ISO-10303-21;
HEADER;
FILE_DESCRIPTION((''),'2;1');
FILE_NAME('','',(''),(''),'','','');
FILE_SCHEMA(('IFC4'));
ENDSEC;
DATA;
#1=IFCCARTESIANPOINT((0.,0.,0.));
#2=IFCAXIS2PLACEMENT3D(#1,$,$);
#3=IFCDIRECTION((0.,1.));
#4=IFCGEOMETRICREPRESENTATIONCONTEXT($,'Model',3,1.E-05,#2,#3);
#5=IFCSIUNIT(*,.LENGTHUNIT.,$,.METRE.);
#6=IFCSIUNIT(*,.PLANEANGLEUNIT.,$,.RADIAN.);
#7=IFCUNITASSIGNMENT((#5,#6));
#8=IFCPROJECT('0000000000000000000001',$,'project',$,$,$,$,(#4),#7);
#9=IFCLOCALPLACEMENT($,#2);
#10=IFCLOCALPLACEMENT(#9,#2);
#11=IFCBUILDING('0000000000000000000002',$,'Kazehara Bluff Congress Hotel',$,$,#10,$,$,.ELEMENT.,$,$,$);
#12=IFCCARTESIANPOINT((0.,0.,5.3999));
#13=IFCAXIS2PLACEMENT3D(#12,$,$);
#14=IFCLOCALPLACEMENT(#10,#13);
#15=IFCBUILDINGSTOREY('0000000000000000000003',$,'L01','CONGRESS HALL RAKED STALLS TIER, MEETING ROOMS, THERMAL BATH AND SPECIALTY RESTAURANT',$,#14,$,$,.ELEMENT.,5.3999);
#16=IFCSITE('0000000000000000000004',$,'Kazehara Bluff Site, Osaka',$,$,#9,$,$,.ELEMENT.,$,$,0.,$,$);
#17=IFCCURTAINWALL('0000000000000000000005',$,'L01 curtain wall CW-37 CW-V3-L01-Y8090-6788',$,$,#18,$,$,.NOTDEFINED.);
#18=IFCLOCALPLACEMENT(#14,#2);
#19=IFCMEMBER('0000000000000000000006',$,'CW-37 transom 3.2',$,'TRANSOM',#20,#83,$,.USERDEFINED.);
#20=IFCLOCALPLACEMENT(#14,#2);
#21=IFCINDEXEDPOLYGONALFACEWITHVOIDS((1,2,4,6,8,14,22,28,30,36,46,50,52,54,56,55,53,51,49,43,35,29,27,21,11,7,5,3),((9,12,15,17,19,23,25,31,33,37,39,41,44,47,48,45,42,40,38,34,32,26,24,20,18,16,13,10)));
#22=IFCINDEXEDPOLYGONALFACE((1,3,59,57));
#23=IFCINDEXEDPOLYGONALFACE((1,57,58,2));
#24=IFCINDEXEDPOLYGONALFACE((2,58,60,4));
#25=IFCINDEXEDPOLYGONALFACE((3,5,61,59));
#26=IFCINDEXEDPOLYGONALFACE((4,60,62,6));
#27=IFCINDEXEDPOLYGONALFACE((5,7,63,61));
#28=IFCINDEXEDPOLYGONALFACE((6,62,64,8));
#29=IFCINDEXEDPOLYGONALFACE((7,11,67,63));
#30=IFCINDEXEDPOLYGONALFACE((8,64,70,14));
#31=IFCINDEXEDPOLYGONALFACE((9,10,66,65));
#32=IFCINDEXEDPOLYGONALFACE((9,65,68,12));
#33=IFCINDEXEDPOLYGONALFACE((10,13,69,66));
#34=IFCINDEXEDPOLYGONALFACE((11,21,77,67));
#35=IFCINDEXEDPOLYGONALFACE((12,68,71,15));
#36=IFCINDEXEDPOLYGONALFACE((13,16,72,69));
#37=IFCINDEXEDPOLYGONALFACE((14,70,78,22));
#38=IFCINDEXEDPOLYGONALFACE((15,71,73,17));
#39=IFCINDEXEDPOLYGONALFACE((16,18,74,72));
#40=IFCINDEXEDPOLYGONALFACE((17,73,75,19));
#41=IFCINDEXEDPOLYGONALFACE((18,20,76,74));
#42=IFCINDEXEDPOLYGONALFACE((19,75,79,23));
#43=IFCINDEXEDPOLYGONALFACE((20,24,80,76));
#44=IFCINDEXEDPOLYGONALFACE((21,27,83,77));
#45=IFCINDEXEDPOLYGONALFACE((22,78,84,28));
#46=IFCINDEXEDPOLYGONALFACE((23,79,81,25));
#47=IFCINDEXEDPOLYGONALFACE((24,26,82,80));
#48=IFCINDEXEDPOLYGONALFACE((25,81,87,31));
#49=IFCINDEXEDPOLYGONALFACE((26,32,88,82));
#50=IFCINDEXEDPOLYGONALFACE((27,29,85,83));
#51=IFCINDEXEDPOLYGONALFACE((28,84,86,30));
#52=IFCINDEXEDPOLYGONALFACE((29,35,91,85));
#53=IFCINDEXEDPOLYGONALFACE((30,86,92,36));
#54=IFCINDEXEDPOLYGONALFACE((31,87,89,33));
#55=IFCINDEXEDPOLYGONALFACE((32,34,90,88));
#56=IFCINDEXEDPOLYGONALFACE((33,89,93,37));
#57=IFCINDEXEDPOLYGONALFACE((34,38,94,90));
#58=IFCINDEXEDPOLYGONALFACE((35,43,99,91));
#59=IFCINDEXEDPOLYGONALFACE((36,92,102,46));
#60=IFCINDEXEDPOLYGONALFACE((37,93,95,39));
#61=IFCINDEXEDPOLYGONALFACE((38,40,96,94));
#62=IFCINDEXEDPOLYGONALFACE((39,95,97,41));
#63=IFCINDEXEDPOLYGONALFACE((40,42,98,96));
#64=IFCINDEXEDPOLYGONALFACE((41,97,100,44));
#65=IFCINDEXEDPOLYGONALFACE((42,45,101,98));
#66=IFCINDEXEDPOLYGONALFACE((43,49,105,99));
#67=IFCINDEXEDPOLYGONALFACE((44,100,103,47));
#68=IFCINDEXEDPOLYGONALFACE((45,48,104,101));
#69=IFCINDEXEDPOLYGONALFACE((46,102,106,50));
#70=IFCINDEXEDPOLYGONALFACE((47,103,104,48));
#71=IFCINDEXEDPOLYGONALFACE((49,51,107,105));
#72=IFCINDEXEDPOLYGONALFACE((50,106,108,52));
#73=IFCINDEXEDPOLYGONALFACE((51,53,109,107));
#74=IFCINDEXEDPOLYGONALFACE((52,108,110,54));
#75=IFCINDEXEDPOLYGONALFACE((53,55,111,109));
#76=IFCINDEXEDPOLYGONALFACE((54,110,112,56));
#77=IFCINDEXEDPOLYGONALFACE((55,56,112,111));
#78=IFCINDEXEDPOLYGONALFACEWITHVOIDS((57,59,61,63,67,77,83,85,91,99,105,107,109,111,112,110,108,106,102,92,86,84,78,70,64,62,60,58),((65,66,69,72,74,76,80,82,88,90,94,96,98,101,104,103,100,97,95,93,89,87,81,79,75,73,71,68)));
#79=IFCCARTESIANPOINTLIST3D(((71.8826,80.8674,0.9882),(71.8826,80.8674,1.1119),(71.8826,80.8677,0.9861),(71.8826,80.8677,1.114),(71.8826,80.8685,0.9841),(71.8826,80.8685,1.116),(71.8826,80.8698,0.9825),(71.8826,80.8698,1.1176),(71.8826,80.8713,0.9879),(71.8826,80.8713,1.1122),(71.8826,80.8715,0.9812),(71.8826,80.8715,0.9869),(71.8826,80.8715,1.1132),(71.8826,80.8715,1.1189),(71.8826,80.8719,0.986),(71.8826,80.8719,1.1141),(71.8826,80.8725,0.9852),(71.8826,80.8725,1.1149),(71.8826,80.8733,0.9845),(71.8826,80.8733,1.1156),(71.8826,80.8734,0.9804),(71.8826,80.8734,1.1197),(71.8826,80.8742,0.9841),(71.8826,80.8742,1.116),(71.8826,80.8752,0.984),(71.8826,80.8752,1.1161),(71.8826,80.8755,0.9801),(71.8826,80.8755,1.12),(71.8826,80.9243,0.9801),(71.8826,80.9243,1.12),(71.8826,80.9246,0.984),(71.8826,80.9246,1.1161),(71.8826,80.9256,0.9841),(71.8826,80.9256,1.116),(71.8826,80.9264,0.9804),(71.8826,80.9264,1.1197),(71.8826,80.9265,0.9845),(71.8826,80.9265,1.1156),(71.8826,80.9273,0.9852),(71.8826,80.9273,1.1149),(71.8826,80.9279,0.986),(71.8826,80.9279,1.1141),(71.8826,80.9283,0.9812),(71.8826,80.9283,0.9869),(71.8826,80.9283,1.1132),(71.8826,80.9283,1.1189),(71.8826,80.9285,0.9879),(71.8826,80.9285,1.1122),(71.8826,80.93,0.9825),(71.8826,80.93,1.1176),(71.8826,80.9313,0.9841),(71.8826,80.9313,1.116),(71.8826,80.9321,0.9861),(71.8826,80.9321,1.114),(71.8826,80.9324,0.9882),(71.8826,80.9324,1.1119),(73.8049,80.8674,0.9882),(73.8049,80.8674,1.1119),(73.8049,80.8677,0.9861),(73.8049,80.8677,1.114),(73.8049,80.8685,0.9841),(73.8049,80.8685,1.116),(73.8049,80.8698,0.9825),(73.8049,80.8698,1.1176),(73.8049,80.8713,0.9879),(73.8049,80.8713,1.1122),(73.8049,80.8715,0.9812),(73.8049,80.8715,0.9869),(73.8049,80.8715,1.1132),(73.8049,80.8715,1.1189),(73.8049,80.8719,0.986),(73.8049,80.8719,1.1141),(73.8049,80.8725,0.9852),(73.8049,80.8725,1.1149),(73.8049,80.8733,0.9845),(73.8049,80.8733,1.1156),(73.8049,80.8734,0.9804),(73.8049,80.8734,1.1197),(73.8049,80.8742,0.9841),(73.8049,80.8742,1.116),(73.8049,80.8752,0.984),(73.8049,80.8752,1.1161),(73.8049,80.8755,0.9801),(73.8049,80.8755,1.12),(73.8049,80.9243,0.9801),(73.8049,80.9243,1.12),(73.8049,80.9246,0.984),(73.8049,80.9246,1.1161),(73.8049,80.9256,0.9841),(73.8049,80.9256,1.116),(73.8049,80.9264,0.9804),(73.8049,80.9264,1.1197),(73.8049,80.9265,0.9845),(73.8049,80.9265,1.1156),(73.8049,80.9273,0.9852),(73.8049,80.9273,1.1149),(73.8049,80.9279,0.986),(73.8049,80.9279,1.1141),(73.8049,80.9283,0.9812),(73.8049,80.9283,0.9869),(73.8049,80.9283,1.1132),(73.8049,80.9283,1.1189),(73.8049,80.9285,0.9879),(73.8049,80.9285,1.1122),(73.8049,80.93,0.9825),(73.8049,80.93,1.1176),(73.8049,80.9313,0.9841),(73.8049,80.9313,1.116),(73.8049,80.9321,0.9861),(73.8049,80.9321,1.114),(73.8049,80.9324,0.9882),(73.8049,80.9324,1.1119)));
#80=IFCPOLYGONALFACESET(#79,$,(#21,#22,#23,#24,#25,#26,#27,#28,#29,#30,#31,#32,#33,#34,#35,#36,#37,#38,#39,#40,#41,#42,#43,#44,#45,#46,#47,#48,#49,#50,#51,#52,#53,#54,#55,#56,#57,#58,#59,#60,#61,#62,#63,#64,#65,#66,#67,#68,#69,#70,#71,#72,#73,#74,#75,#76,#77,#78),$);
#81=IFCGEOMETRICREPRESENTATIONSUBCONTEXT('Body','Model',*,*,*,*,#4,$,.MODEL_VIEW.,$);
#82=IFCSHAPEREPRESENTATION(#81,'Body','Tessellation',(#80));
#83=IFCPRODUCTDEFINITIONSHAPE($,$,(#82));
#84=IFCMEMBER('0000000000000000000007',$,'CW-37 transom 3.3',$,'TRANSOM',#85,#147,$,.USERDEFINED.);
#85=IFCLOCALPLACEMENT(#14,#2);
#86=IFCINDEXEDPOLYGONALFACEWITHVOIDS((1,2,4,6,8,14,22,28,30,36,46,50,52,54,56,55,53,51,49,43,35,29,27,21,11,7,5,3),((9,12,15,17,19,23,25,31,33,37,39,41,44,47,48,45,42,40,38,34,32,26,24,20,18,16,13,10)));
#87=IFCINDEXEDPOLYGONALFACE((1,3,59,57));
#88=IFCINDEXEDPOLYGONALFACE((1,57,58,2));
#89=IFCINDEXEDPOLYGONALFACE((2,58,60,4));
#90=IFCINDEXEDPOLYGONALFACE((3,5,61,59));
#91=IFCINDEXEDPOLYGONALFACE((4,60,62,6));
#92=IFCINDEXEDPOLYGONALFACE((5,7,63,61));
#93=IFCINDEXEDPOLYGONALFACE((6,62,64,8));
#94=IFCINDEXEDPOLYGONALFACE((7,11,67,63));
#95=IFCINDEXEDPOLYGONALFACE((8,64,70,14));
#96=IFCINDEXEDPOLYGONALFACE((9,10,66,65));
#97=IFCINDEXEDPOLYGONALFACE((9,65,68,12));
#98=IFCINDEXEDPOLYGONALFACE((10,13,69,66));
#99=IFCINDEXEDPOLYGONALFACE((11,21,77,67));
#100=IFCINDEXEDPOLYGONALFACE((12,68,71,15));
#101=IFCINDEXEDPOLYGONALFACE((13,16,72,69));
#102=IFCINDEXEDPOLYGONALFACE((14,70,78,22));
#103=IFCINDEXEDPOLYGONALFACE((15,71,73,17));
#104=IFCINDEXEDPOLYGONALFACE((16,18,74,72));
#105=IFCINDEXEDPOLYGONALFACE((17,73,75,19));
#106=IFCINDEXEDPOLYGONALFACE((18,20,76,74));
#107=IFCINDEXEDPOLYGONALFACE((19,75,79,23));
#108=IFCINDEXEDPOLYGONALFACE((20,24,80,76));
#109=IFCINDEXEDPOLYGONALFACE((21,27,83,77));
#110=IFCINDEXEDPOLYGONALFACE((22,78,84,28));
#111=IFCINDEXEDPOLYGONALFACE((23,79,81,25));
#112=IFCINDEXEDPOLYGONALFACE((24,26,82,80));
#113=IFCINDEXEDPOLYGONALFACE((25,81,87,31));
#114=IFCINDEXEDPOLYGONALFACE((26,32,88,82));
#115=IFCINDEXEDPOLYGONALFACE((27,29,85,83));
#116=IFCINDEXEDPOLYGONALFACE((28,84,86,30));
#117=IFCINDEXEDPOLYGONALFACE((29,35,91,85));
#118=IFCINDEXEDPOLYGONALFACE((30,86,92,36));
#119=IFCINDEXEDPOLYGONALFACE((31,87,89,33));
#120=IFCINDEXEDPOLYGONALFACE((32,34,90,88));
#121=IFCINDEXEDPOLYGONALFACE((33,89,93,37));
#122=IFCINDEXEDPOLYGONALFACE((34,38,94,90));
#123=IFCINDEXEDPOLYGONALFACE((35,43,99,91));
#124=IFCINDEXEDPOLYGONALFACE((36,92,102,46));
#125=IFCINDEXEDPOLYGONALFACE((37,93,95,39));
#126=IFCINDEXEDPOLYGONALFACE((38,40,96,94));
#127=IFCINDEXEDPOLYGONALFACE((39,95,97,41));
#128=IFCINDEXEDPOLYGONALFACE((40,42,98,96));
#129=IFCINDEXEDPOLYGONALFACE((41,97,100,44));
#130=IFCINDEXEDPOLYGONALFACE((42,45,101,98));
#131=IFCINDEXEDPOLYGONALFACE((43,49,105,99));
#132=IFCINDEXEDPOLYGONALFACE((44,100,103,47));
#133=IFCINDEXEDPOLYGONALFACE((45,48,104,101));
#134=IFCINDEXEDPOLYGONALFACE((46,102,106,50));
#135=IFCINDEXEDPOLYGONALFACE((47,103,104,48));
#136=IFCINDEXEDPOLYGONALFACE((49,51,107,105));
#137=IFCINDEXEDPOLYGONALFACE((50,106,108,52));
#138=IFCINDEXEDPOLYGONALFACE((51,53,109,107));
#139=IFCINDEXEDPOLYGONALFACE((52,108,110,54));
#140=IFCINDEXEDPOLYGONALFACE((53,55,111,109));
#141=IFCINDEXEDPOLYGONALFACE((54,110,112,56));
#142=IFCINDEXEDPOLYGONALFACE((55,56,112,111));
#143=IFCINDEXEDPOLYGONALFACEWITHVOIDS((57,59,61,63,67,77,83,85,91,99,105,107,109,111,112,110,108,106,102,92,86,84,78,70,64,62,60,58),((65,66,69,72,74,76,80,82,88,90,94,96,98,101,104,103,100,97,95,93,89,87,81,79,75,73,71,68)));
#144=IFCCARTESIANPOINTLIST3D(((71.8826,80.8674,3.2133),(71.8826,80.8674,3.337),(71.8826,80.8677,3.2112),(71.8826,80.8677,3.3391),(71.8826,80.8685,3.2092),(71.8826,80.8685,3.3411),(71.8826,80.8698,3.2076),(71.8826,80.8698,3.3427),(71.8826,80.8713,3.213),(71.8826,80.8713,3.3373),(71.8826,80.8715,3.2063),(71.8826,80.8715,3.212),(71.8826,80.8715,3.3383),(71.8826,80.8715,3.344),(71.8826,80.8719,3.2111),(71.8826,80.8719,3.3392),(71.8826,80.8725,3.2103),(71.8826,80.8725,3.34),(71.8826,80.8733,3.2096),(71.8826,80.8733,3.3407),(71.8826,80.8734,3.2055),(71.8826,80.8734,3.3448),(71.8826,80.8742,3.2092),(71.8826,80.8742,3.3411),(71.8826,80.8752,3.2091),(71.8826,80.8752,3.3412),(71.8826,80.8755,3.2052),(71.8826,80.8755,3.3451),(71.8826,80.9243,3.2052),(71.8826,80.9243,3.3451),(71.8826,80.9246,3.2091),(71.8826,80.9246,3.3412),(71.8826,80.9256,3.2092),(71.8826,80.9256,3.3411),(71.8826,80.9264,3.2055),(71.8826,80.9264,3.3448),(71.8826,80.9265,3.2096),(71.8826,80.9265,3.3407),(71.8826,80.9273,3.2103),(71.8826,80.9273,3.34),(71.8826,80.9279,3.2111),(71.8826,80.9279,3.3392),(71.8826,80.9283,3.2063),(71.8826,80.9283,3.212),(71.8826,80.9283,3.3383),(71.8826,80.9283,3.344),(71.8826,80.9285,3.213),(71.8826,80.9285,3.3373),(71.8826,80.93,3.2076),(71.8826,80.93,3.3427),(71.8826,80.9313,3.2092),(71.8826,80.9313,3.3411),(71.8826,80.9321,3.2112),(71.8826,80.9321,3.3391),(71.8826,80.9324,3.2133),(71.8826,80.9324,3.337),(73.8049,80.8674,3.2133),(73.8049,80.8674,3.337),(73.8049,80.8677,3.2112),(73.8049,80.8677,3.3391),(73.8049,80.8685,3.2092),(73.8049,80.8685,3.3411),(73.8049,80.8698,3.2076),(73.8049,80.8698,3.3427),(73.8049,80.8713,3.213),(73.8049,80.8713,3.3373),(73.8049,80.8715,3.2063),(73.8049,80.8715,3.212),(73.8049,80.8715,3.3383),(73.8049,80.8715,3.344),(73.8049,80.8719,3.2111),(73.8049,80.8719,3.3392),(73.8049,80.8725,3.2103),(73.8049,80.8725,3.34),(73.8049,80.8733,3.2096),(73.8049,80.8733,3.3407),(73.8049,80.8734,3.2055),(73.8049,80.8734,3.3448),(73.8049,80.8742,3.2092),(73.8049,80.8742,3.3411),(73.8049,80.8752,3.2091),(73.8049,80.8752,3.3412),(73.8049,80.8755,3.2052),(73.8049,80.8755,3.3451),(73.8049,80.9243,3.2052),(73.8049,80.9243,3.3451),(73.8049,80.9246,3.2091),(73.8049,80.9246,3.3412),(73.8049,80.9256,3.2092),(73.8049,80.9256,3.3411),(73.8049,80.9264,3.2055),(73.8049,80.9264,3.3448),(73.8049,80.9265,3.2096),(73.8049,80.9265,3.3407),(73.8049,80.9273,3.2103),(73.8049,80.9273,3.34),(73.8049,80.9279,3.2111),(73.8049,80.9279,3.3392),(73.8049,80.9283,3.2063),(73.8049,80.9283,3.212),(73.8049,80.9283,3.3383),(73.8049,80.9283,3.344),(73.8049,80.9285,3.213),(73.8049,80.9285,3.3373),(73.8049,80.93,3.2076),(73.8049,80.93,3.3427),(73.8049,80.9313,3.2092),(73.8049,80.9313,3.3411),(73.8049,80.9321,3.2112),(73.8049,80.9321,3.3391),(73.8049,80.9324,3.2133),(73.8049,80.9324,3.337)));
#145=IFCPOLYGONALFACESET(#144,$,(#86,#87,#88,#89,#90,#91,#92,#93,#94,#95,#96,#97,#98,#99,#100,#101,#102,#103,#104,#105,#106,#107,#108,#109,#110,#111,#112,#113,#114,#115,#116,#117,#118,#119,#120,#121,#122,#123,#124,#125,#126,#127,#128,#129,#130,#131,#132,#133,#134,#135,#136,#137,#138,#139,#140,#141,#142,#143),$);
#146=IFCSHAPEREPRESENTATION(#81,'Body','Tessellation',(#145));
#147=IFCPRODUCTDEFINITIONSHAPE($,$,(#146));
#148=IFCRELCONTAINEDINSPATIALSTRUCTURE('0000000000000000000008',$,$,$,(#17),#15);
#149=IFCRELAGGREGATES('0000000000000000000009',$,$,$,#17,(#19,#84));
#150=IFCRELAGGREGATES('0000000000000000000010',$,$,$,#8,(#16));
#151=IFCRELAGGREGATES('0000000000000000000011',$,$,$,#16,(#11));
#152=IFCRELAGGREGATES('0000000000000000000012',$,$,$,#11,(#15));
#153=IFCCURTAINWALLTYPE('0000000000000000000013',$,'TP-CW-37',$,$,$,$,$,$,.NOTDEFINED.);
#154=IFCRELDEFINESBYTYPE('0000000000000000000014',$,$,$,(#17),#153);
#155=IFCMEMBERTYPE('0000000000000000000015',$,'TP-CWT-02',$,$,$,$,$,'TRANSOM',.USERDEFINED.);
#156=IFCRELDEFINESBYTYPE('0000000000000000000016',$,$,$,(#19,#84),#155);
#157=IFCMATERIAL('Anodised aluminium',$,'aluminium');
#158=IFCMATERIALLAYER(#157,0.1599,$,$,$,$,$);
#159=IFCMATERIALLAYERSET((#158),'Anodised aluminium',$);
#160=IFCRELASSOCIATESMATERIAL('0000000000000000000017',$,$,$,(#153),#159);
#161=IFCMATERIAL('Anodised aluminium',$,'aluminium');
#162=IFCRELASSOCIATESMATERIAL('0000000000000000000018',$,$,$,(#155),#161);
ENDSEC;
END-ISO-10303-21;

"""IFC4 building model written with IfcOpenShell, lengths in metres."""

from ifc_helpers import new_model, si_unit, direction, frame, origin, origin_2d, place, context, subcontext, project, spatial, hollow_rectangle, extrude, material, layer, layer_set, material_profile, profile_set, type_object, element, aggregate, save


model = new_model("IFC4")

# Units and contexts
model_context = context("Model", 3, precision=1e-05, world=origin(), true_north=direction((0.0, 1.0)))
body_context = subcontext(model_context, "Body", "Model", "MODEL_VIEW")
ifc_project = project(units=[si_unit("LENGTHUNIT", "METRE"), si_unit("PLANEANGLEUNIT", "RADIAN")], contexts=[model_context])

# Site, building, storey
site_placement = place(None, origin())
site = spatial("IfcSite", under=ifc_project, at=site_placement, Name="Kazehara Bluff Site, Osaka", CompositionType="ELEMENT", RefElevation=0.0)
building_placement = place(site_placement, origin())
building = spatial("IfcBuilding", under=site, at=building_placement, Name="Kazehara Bluff Congress Hotel", CompositionType="ELEMENT")
storey_placement = place(building_placement, frame((0.0, 0.0, 5.3999)))
storey = spatial("IfcBuildingStorey", under=building, at=storey_placement, Name="L01", Description="CONGRESS HALL RAKED STALLS TIER, MEETING ROOMS, THERMAL BATH AND SPECIALTY RESTAURANT", CompositionType="ELEMENT", Elevation=5.3999)

# Curtain wall, members
ifc_material_1 = material(Name="Anodised aluminium", Category="aluminium")
ifc_layer_1 = layer(ifc_material_1, 0.1599)
ifc_layer_set_1 = layer_set([ifc_layer_1], Name="Anodised aluminium")
curtain_wall_type = type_object("IfcCurtainWallType", Name="TP-CW-37", PredefinedType="NOTDEFINED", material=ifc_layer_set_1)
curtain_wall_placement = place(storey_placement, origin())
curtain_wall = element("IfcCurtainWall", 1, at=curtain_wall_placement, inside=storey, type_object=curtain_wall_type, Name="L01 curtain wall CW-37 CW-V3-L01-Y8090-6788", PredefinedType="NOTDEFINED")
ifc_material_2 = material(Name="Anodised aluminium", Category="aluminium")
ifc_material_profile_1 = material_profile(ifc_material_2, hollow_rectangle(XDim=0.0649, YDim=0.1399, WallThickness=0.0039, InnerFilletRadius=0.0039, OuterFilletRadius=0.0081, at=origin_2d()))
ifc_profile_set_1 = profile_set([ifc_material_profile_1], Name="Anodised aluminium")
member_type_1 = type_object("IfcMemberType", Name="TP-CWT-02", ElementType="TRANSOM", PredefinedType="USERDEFINED", material=ifc_profile_set_1)
member_1_placement = place(storey_placement, frame((71.8826, 80.8999, 1.05), z_axis=(1.0, 0.0, 0.0), x_axis=(0.0, 1.0, 0.0)))
member_1 = element("IfcMember", 2, at=member_1_placement, type_object=member_type_1, Name="CW-37 transom 3.2", ObjectType="TRANSOM", PredefinedType="USERDEFINED", context=body_context, shape_type="SweptSolid", body=[
    extrude(hollow_rectangle(XDim=0.0649, YDim=0.1399, WallThickness=0.0039, InnerFilletRadius=0.0039, OuterFilletRadius=0.0081, at=origin_2d()), origin(), (0.0, 0.0, 1.0), 1.9224),
])
member_2_placement = place(storey_placement, frame((71.8826, 80.8999, 3.2751), z_axis=(1.0, 0.0, 0.0), x_axis=(0.0, 1.0, 0.0)))
member_2 = element("IfcMember", 3, at=member_2_placement, type_object=member_type_1, Name="CW-37 transom 3.3", ObjectType="TRANSOM", PredefinedType="USERDEFINED", context=body_context, shape_type="SweptSolid", body=[
    extrude(hollow_rectangle(XDim=0.0649, YDim=0.1399, WallThickness=0.0039, InnerFilletRadius=0.0039, OuterFilletRadius=0.0081, at=origin_2d()), origin(), (0.0, 0.0, 1.0), 1.9224),
])
aggregate(curtain_wall, [member_1, member_2])

save(model, "model.ifc")
